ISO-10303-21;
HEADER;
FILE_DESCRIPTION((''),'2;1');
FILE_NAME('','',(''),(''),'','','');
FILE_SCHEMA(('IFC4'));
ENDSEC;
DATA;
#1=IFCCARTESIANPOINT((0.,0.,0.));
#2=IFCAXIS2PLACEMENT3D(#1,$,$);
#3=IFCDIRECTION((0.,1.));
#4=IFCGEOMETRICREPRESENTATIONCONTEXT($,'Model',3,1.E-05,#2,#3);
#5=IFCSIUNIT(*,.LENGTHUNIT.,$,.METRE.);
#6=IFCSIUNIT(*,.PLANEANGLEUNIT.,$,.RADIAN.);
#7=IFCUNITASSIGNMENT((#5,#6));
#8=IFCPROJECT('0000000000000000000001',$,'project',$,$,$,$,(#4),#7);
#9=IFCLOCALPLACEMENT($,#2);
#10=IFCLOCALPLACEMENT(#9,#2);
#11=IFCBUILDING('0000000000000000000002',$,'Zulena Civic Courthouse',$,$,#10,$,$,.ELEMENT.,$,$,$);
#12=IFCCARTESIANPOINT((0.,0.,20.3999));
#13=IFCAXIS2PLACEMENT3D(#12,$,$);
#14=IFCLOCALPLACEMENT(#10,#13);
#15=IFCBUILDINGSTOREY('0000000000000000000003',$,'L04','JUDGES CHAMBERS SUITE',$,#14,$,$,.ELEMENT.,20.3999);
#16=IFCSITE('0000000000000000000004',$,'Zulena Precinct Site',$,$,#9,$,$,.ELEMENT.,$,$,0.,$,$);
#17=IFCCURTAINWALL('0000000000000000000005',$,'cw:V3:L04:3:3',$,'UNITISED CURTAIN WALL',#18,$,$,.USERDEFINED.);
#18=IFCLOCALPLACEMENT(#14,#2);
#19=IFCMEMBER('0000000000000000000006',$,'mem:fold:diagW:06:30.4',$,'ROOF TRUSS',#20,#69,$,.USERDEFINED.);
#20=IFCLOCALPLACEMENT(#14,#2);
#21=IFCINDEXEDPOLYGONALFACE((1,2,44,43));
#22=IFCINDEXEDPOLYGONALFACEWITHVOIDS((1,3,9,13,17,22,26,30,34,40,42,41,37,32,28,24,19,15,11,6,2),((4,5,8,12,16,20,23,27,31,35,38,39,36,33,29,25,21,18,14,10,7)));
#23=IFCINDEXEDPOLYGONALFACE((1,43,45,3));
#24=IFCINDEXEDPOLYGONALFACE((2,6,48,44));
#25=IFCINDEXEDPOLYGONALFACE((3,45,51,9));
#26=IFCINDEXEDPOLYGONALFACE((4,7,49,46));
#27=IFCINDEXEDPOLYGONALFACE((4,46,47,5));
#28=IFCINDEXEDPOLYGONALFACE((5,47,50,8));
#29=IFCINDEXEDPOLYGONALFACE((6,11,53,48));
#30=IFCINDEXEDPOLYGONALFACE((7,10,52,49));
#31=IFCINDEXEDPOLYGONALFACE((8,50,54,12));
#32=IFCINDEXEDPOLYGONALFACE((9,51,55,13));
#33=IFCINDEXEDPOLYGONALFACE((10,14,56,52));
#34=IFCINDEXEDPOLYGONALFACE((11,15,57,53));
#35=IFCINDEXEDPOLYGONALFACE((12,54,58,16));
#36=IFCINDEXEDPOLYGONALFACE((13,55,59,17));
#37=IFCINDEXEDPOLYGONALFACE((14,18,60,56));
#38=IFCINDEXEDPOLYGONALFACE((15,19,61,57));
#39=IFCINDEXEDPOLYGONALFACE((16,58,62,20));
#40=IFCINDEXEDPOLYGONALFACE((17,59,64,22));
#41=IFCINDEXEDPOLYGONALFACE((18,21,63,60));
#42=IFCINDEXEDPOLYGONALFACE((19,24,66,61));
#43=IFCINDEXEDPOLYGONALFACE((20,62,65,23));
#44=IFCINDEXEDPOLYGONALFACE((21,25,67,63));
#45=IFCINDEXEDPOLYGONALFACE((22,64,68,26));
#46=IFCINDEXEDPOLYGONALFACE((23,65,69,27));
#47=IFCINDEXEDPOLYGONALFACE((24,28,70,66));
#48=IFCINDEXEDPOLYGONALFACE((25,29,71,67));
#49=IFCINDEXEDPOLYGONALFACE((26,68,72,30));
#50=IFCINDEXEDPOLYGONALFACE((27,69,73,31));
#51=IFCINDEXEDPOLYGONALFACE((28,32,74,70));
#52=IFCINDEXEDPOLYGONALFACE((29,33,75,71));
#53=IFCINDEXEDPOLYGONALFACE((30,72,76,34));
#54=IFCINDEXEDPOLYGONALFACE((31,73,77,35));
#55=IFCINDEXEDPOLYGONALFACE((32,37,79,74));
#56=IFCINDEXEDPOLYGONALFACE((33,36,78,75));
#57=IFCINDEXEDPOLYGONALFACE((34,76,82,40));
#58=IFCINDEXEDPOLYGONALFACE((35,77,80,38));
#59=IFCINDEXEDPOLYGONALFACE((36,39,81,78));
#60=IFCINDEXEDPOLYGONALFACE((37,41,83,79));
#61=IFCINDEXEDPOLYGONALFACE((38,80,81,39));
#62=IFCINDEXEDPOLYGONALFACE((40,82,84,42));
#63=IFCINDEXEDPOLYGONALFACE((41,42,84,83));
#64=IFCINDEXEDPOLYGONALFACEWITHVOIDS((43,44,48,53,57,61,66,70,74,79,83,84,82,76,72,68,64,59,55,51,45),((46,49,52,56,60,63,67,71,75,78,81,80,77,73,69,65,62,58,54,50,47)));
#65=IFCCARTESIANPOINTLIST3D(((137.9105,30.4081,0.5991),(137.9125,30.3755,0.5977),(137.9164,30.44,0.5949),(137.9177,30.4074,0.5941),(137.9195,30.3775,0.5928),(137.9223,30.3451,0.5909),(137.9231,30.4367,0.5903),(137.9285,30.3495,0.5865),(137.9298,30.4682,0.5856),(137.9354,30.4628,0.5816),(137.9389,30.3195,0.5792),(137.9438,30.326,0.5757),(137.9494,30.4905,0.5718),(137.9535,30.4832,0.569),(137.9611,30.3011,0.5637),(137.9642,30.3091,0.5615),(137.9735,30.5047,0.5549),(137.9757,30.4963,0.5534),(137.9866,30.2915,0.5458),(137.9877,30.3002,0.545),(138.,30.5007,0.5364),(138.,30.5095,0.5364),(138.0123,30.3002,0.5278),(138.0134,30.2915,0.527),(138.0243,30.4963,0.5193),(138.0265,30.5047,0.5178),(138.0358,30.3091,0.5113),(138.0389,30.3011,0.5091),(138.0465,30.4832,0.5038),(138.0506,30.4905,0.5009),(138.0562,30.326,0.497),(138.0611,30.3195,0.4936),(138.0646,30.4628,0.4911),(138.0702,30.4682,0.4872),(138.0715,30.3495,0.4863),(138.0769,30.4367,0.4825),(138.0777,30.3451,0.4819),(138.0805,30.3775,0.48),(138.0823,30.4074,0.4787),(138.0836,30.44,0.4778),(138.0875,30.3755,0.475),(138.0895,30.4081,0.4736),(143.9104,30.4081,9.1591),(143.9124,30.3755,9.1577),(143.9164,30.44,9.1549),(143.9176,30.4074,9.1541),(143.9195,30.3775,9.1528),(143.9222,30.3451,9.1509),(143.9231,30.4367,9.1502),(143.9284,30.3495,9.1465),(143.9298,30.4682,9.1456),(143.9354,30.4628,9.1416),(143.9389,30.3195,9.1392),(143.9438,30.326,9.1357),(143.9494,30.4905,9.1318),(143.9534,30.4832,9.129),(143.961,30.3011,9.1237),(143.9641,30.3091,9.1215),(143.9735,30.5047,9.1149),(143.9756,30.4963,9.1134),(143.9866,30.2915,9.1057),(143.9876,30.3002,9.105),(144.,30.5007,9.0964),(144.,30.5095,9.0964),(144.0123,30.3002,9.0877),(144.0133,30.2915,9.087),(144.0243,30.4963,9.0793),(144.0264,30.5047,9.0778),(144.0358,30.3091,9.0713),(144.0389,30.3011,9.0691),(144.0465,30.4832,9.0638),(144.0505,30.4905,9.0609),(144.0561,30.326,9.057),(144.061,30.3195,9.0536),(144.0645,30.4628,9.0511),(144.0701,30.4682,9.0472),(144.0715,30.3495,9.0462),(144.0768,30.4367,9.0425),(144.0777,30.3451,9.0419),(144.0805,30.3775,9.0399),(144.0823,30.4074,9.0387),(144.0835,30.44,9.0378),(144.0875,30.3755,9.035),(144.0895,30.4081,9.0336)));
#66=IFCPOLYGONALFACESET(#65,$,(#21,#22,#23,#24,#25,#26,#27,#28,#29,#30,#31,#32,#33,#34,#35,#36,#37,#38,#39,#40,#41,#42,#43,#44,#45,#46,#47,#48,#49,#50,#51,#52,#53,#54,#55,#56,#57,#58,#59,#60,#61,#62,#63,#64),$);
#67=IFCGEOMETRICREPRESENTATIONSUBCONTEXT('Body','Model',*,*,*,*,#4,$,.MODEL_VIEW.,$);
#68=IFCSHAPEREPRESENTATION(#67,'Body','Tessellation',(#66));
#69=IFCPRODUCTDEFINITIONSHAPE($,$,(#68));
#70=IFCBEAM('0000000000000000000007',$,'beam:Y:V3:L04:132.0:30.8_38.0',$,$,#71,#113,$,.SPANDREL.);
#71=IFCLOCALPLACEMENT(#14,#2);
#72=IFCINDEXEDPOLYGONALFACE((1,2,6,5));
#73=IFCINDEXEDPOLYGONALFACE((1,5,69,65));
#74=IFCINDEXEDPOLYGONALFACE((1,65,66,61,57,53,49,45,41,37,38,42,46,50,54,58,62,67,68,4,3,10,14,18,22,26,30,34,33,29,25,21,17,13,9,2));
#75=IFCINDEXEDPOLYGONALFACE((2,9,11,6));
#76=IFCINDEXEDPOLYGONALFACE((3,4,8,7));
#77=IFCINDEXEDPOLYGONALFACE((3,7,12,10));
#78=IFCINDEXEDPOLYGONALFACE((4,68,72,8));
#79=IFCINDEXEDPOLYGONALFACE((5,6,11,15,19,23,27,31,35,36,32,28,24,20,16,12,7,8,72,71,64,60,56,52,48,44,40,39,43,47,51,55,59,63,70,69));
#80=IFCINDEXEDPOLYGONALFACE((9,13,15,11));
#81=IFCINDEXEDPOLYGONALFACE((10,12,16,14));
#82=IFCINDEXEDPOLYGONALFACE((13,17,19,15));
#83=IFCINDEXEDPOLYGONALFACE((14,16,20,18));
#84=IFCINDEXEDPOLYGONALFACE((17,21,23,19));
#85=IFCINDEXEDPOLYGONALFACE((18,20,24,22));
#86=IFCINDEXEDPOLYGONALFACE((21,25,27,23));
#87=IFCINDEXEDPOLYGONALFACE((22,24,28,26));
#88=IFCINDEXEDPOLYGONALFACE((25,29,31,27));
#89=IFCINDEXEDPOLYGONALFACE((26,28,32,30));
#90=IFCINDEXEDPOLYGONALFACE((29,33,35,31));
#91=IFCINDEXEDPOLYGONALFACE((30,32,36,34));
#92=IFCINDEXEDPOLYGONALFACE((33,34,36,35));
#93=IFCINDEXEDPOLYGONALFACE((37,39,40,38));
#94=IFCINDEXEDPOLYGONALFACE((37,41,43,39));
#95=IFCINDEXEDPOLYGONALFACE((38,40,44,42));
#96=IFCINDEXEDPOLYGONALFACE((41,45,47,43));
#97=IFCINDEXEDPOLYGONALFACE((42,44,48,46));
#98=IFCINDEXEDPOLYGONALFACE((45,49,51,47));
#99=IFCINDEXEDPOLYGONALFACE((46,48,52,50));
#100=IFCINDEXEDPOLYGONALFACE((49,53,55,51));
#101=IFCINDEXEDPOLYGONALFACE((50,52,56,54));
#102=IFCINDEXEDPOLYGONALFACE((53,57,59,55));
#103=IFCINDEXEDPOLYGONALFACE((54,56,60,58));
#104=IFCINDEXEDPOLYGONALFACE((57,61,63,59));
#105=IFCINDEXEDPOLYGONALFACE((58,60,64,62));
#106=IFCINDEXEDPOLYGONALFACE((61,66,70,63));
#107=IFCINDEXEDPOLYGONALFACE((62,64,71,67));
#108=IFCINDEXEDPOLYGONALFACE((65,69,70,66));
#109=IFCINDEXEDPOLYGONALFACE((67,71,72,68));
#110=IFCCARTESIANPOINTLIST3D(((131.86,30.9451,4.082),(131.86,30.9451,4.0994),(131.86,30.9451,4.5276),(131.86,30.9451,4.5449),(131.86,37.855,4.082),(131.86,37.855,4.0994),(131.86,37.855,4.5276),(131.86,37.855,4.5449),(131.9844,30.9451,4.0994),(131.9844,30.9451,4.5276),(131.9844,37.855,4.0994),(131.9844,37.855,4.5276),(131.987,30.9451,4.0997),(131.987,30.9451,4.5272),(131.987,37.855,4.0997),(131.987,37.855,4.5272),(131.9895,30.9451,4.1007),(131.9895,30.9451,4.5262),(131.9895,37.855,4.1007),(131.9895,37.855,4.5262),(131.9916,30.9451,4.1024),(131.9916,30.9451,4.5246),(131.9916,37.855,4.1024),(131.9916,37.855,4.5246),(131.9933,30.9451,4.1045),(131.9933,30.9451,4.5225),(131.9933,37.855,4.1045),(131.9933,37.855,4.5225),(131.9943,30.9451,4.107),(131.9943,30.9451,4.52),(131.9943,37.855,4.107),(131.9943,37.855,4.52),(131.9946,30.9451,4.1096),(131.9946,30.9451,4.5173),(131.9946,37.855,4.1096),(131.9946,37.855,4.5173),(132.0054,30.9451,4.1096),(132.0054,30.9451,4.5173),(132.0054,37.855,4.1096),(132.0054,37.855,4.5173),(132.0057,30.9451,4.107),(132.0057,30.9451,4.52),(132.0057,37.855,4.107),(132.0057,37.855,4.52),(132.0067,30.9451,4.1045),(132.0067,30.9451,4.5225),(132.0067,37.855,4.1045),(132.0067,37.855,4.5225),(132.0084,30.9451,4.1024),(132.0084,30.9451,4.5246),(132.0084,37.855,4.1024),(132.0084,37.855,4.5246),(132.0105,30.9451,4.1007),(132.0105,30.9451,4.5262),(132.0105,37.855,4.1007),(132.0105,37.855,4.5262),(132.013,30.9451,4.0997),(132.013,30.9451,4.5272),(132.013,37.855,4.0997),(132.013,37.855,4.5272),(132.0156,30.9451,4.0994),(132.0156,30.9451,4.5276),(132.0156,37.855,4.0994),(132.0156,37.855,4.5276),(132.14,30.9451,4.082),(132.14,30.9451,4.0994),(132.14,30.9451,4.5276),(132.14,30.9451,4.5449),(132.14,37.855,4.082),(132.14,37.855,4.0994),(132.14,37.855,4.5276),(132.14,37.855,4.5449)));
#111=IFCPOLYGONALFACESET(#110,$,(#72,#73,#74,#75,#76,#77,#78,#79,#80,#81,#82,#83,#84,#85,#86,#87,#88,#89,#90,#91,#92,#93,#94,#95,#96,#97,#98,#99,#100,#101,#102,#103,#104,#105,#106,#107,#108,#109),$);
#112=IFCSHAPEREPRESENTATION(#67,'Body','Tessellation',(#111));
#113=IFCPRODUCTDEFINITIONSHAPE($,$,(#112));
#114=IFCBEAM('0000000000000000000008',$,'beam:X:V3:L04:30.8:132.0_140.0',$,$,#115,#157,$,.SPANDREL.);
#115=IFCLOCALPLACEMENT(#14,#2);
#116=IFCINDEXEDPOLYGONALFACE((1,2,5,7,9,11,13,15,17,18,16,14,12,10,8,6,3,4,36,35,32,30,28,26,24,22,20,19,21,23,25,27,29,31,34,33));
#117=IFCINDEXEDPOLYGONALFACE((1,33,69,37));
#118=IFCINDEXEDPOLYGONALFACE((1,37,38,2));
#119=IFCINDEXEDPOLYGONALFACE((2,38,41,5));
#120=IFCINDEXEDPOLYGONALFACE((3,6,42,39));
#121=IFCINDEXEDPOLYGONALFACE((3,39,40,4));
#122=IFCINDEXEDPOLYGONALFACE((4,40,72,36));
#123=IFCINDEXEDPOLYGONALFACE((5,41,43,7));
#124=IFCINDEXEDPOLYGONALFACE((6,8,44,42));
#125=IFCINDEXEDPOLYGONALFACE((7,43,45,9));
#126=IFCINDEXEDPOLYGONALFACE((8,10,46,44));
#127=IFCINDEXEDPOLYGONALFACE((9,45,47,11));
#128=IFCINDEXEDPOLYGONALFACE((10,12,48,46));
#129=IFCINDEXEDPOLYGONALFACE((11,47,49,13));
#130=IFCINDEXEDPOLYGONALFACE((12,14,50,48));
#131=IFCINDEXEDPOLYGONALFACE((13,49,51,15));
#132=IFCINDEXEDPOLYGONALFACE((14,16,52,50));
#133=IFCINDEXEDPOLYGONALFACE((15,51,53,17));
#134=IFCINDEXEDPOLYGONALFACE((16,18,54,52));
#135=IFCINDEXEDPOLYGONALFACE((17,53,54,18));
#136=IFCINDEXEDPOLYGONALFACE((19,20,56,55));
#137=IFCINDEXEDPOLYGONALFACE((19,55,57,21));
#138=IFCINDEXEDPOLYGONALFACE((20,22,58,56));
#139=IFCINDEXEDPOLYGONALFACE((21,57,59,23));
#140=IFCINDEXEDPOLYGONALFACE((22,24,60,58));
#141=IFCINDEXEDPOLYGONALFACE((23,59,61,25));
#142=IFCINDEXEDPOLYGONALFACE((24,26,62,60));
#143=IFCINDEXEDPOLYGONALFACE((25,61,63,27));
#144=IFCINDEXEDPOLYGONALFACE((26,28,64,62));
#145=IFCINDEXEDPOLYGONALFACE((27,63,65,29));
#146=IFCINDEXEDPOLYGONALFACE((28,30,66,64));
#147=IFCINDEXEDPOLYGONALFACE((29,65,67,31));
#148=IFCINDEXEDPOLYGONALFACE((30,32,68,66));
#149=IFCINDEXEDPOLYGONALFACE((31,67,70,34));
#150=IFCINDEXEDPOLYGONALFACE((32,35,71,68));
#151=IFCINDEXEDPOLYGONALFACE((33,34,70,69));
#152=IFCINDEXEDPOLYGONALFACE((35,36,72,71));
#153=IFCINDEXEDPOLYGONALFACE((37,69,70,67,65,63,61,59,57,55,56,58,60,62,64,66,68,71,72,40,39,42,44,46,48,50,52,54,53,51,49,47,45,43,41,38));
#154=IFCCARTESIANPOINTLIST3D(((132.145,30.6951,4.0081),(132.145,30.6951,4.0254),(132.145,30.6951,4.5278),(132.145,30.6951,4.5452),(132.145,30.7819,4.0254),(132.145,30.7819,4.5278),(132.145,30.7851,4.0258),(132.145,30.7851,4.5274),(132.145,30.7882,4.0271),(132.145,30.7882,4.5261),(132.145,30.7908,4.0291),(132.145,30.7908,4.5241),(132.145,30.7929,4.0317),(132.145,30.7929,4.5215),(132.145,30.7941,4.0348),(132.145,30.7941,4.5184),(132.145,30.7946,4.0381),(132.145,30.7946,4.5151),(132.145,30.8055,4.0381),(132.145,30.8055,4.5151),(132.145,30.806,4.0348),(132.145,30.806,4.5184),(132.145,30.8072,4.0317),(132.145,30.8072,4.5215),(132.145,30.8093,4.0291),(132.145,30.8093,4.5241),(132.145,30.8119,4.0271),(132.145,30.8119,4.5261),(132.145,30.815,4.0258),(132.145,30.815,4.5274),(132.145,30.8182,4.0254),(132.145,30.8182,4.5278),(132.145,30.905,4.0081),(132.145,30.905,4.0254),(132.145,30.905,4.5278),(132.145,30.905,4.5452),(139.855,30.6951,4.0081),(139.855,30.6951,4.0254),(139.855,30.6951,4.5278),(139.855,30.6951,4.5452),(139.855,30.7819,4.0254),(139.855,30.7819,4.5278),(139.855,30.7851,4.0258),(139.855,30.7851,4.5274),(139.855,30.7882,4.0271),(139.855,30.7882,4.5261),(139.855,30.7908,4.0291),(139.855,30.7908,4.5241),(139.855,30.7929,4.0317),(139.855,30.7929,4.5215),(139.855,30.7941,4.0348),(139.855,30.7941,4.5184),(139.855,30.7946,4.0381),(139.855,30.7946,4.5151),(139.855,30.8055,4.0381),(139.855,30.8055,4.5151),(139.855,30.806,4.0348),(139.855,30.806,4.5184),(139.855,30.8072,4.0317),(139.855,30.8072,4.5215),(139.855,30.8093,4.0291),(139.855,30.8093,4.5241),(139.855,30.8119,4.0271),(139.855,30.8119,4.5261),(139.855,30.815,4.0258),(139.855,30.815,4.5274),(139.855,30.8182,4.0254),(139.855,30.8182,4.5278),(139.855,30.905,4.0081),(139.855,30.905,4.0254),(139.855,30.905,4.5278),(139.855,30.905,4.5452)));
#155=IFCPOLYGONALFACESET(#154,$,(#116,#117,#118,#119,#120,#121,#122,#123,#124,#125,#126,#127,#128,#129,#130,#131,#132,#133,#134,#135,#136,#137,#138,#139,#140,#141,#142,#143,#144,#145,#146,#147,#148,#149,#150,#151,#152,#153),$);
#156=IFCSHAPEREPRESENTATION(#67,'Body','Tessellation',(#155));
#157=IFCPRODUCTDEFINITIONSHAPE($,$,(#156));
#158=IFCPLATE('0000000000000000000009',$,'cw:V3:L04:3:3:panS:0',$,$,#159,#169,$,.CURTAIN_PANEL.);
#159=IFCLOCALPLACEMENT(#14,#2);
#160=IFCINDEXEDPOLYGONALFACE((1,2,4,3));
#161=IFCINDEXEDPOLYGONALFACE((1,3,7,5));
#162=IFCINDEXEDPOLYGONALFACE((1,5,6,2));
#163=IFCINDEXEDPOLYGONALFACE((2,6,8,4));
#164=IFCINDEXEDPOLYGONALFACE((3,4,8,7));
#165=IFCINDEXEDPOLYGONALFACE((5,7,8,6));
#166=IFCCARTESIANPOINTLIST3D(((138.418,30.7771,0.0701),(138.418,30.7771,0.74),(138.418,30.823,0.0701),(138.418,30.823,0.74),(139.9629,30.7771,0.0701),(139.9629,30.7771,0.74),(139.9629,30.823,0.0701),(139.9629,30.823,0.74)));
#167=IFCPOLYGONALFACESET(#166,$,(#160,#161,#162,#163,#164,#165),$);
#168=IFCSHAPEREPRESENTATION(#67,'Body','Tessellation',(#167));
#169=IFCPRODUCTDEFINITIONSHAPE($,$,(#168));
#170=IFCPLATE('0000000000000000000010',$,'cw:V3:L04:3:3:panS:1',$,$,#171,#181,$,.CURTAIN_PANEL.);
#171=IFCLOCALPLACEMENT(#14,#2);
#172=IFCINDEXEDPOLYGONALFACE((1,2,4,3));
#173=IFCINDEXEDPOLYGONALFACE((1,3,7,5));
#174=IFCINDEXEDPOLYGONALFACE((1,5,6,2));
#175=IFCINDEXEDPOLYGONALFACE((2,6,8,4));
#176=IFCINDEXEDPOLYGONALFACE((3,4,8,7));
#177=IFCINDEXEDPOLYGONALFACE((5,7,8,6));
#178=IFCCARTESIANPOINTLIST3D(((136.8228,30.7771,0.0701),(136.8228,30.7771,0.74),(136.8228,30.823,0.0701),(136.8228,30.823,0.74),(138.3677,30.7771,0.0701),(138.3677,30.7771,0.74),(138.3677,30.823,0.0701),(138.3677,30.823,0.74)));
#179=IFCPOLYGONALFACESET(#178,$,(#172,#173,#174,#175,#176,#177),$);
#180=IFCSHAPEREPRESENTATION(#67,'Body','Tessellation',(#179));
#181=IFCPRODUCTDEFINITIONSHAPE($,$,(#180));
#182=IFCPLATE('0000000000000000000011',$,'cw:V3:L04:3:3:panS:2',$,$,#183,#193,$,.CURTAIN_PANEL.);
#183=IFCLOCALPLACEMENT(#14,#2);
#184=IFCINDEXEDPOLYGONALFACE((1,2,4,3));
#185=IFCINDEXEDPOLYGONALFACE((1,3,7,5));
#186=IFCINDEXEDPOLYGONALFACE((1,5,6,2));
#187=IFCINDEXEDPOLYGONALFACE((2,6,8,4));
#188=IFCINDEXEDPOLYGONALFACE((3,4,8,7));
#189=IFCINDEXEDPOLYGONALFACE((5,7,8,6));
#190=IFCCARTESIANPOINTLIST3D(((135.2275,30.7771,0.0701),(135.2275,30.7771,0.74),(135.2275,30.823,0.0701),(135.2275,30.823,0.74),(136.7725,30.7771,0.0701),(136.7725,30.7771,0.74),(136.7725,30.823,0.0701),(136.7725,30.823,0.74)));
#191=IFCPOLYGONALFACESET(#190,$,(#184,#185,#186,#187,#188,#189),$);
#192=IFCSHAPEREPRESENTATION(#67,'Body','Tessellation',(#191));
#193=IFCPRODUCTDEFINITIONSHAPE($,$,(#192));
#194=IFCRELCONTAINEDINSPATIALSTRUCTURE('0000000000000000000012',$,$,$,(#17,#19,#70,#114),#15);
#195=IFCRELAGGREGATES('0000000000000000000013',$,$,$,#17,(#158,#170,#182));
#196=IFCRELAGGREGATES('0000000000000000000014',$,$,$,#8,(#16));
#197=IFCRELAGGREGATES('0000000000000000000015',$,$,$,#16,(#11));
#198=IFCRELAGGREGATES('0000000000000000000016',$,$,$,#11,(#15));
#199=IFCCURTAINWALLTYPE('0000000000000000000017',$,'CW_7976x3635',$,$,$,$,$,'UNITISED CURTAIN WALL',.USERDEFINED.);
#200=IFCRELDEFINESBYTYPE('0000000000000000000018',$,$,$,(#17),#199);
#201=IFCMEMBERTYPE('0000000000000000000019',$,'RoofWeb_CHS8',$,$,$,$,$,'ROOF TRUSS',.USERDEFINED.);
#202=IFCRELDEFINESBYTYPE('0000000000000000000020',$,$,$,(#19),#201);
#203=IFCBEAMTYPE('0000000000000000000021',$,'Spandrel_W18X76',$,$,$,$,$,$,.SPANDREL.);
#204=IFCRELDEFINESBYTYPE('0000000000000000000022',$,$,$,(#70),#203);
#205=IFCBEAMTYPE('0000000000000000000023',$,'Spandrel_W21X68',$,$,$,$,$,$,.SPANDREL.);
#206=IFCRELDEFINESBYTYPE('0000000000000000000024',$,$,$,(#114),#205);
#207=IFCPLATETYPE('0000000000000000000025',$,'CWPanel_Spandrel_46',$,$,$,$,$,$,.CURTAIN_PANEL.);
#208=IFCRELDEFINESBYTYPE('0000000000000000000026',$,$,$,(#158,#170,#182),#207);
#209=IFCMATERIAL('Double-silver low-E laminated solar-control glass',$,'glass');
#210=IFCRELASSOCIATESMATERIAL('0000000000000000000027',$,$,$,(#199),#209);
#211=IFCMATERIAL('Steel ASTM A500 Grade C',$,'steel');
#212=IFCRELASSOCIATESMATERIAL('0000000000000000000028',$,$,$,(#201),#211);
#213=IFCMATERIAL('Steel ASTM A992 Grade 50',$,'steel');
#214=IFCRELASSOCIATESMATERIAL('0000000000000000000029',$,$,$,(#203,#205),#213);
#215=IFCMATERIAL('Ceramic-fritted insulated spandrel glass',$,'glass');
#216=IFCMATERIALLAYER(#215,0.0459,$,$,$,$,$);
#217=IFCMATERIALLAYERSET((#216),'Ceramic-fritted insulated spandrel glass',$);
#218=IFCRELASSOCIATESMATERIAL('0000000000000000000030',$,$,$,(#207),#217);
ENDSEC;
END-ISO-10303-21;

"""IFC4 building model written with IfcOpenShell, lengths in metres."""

from ifc_helpers import new_model, si_unit, direction, frame, origin, origin_2d, place, context, subcontext, project, spatial, rectangle, hollow_circle, i_section, extrude, material, layer, layer_set, material_profile, profile_set, type_object, element, aggregate, save


model = new_model("IFC4")

# Units and contexts
model_context = context("Model", 3, precision=1e-05, world=origin(), true_north=direction((0.0, 1.0)))
body_context = subcontext(model_context, "Body", "Model", "MODEL_VIEW")
ifc_project = project(units=[si_unit("LENGTHUNIT", "METRE"), si_unit("PLANEANGLEUNIT", "RADIAN")], contexts=[model_context])

# Site, building, storey
site_placement = place(None, origin())
site = spatial("IfcSite", under=ifc_project, at=site_placement, Name="Zulena Precinct Site", CompositionType="ELEMENT", RefElevation=0.0)
building_placement = place(site_placement, origin())
building = spatial("IfcBuilding", under=site, at=building_placement, Name="Zulena Civic Courthouse", CompositionType="ELEMENT")
storey_placement = place(building_placement, frame((0.0, 0.0, 20.3999)))
storey = spatial("IfcBuildingStorey", under=building, at=storey_placement, Name="L04", Description="JUDGES CHAMBERS SUITE", CompositionType="ELEMENT", Elevation=20.3999)

# Shared definitions
ifc_material_1 = material(Name="Steel ASTM A992 Grade 50", Category="steel")

# Curtain wall
ifc_material_2 = material(Name="Double-silver low-E laminated solar-control glass", Category="glass")
curtain_wall_type = type_object("IfcCurtainWallType", Name="CW_7976x3635", ElementType="UNITISED CURTAIN WALL", PredefinedType="USERDEFINED", material=ifc_material_2)
curtain_wall_placement = place(storey_placement, origin())
curtain_wall = element("IfcCurtainWall", 1, at=curtain_wall_placement, inside=storey, type_object=curtain_wall_type, Name="cw:V3:L04:3:3", ObjectType="UNITISED CURTAIN WALL", PredefinedType="USERDEFINED")

# Member
ifc_material_3 = material(Name="Steel ASTM A500 Grade C", Category="steel")
ifc_material_profile_1 = material_profile(ifc_material_3, hollow_circle(Radius=0.1096, WallThickness=0.0088, at=origin_2d()), Name="HSS8.625X0.375")
ifc_profile_set_1 = profile_set([ifc_material_profile_1], Name="Steel ASTM A500 Grade C")
member_type_1 = type_object("IfcMemberType", Name="RoofWeb_CHS8", ElementType="ROOF TRUSS", PredefinedType="USERDEFINED", material=ifc_profile_set_1)
member_1_placement = place(storey_placement, frame((138.0, 30.3999, 0.5364), z_axis=(0.573973, 0.0, 0.818874), x_axis=(0.0, 1.0, 0.0)))
element("IfcMember", 2, at=member_1_placement, inside=storey, type_object=member_type_1, Name="mem:fold:diagW:06:30.4", ObjectType="ROOF TRUSS", PredefinedType="USERDEFINED", context=body_context, shape_type="SweptSolid", body=[
    extrude(hollow_circle(Radius=0.1096, WallThickness=0.0088, at=origin_2d()), origin(), (0.0, 0.0, 1.0), 10.4534),
])

# Beams
ifc_material_profile_2 = material_profile(ifc_material_1, i_section(OverallWidth=0.28, OverallDepth=0.4629, WebThickness=0.0107, FlangeThickness=0.0173, FilletRadius=0.0103, at=origin_2d()), Name="W18X76")
ifc_profile_set_2 = profile_set([ifc_material_profile_2], Name="Steel ASTM A992 Grade 50")
beam_type_1 = type_object("IfcBeamType", Name="Spandrel_W18X76", PredefinedType="SPANDREL", material=ifc_profile_set_2)
beam_1_placement = place(storey_placement, frame((132.0, 30.9451, 4.3135), z_axis=(0.0, 1.0, 0.0), x_axis=(-1.0, 0.0, 0.0)))
element("IfcBeam", 3, at=beam_1_placement, inside=storey, type_object=beam_type_1, Name="beam:Y:V3:L04:132.0:30.8_38.0", PredefinedType="SPANDREL", context=body_context, shape_type="SweptSolid", body=[
    extrude(i_section(OverallWidth=0.28, OverallDepth=0.4629, WebThickness=0.0107, FlangeThickness=0.0173, FilletRadius=0.0103, at=origin_2d()), origin(), (0.0, 0.0, 1.0), 6.9099),
])
ifc_material_profile_3 = material_profile(ifc_material_1, i_section(OverallWidth=0.21, OverallDepth=0.5371, WebThickness=0.011, FlangeThickness=0.0173, FilletRadius=0.0127, at=origin_2d()), Name="W21X68")
ifc_profile_set_3 = profile_set([ifc_material_profile_3], Name="Steel ASTM A992 Grade 50")
beam_type_2 = type_object("IfcBeamType", Name="Spandrel_W21X68", PredefinedType="SPANDREL", material=ifc_profile_set_3)
beam_2_placement = place(storey_placement, frame((132.145, 30.8, 4.2766), z_axis=(1.0, 0.0, 0.0), x_axis=(0.0, 1.0, 0.0)))
element("IfcBeam", 4, at=beam_2_placement, inside=storey, type_object=beam_type_2, Name="beam:X:V3:L04:30.8:132.0_140.0", PredefinedType="SPANDREL", context=body_context, shape_type="SweptSolid", body=[
    extrude(i_section(OverallWidth=0.21, OverallDepth=0.5371, WebThickness=0.011, FlangeThickness=0.0173, FilletRadius=0.0127, at=origin_2d()), origin(), (0.0, 0.0, 1.0), 7.71),
])

# Plates
ifc_material_4 = material(Name="Ceramic-fritted insulated spandrel glass", Category="glass")
ifc_layer_1 = layer(ifc_material_4, 0.0459)
ifc_layer_set_1 = layer_set([ifc_layer_1], Name="Ceramic-fritted insulated spandrel glass")
plate_type_1 = type_object("IfcPlateType", Name="CWPanel_Spandrel_46", PredefinedType="CURTAIN_PANEL", material=ifc_layer_set_1)
plate_1_placement = place(storey_placement, frame((139.1904, 30.8, 0.0701), z_axis=(0.0, 0.0, 1.0), x_axis=(-1.0, 0.0, 0.0)))
plate_1 = element("IfcPlate", 5, at=plate_1_placement, type_object=plate_type_1, Name="cw:V3:L04:3:3:panS:0", PredefinedType="CURTAIN_PANEL", context=body_context, shape_type="SweptSolid", body=[
    extrude(rectangle(XDim=1.5449, YDim=0.0459, at=origin_2d()), origin(), (0.0, 0.0, 1.0), 0.6699),
])
plate_2_placement = place(storey_placement, frame((137.5952, 30.8, 0.0701), z_axis=(0.0, 0.0, 1.0), x_axis=(-1.0, 0.0, 0.0)))
plate_2 = element("IfcPlate", 6, at=plate_2_placement, type_object=plate_type_1, Name="cw:V3:L04:3:3:panS:1", PredefinedType="CURTAIN_PANEL", context=body_context, shape_type="SweptSolid", body=[
    extrude(rectangle(XDim=1.5449, YDim=0.0459, at=origin_2d()), origin(), (0.0, 0.0, 1.0), 0.6699),
])
plate_3_placement = place(storey_placement, frame((136.0, 30.8, 0.0701), z_axis=(0.0, 0.0, 1.0), x_axis=(-1.0, 0.0, 0.0)))
plate_3 = element("IfcPlate", 7, at=plate_3_placement, type_object=plate_type_1, Name="cw:V3:L04:3:3:panS:2", PredefinedType="CURTAIN_PANEL", context=body_context, shape_type="SweptSolid", body=[
    extrude(rectangle(XDim=1.5449, YDim=0.0459, at=origin_2d()), origin(), (0.0, 0.0, 1.0), 0.6699),
])
aggregate(curtain_wall, [plate_1, plate_2, plate_3])

save(model, "model.ifc")
